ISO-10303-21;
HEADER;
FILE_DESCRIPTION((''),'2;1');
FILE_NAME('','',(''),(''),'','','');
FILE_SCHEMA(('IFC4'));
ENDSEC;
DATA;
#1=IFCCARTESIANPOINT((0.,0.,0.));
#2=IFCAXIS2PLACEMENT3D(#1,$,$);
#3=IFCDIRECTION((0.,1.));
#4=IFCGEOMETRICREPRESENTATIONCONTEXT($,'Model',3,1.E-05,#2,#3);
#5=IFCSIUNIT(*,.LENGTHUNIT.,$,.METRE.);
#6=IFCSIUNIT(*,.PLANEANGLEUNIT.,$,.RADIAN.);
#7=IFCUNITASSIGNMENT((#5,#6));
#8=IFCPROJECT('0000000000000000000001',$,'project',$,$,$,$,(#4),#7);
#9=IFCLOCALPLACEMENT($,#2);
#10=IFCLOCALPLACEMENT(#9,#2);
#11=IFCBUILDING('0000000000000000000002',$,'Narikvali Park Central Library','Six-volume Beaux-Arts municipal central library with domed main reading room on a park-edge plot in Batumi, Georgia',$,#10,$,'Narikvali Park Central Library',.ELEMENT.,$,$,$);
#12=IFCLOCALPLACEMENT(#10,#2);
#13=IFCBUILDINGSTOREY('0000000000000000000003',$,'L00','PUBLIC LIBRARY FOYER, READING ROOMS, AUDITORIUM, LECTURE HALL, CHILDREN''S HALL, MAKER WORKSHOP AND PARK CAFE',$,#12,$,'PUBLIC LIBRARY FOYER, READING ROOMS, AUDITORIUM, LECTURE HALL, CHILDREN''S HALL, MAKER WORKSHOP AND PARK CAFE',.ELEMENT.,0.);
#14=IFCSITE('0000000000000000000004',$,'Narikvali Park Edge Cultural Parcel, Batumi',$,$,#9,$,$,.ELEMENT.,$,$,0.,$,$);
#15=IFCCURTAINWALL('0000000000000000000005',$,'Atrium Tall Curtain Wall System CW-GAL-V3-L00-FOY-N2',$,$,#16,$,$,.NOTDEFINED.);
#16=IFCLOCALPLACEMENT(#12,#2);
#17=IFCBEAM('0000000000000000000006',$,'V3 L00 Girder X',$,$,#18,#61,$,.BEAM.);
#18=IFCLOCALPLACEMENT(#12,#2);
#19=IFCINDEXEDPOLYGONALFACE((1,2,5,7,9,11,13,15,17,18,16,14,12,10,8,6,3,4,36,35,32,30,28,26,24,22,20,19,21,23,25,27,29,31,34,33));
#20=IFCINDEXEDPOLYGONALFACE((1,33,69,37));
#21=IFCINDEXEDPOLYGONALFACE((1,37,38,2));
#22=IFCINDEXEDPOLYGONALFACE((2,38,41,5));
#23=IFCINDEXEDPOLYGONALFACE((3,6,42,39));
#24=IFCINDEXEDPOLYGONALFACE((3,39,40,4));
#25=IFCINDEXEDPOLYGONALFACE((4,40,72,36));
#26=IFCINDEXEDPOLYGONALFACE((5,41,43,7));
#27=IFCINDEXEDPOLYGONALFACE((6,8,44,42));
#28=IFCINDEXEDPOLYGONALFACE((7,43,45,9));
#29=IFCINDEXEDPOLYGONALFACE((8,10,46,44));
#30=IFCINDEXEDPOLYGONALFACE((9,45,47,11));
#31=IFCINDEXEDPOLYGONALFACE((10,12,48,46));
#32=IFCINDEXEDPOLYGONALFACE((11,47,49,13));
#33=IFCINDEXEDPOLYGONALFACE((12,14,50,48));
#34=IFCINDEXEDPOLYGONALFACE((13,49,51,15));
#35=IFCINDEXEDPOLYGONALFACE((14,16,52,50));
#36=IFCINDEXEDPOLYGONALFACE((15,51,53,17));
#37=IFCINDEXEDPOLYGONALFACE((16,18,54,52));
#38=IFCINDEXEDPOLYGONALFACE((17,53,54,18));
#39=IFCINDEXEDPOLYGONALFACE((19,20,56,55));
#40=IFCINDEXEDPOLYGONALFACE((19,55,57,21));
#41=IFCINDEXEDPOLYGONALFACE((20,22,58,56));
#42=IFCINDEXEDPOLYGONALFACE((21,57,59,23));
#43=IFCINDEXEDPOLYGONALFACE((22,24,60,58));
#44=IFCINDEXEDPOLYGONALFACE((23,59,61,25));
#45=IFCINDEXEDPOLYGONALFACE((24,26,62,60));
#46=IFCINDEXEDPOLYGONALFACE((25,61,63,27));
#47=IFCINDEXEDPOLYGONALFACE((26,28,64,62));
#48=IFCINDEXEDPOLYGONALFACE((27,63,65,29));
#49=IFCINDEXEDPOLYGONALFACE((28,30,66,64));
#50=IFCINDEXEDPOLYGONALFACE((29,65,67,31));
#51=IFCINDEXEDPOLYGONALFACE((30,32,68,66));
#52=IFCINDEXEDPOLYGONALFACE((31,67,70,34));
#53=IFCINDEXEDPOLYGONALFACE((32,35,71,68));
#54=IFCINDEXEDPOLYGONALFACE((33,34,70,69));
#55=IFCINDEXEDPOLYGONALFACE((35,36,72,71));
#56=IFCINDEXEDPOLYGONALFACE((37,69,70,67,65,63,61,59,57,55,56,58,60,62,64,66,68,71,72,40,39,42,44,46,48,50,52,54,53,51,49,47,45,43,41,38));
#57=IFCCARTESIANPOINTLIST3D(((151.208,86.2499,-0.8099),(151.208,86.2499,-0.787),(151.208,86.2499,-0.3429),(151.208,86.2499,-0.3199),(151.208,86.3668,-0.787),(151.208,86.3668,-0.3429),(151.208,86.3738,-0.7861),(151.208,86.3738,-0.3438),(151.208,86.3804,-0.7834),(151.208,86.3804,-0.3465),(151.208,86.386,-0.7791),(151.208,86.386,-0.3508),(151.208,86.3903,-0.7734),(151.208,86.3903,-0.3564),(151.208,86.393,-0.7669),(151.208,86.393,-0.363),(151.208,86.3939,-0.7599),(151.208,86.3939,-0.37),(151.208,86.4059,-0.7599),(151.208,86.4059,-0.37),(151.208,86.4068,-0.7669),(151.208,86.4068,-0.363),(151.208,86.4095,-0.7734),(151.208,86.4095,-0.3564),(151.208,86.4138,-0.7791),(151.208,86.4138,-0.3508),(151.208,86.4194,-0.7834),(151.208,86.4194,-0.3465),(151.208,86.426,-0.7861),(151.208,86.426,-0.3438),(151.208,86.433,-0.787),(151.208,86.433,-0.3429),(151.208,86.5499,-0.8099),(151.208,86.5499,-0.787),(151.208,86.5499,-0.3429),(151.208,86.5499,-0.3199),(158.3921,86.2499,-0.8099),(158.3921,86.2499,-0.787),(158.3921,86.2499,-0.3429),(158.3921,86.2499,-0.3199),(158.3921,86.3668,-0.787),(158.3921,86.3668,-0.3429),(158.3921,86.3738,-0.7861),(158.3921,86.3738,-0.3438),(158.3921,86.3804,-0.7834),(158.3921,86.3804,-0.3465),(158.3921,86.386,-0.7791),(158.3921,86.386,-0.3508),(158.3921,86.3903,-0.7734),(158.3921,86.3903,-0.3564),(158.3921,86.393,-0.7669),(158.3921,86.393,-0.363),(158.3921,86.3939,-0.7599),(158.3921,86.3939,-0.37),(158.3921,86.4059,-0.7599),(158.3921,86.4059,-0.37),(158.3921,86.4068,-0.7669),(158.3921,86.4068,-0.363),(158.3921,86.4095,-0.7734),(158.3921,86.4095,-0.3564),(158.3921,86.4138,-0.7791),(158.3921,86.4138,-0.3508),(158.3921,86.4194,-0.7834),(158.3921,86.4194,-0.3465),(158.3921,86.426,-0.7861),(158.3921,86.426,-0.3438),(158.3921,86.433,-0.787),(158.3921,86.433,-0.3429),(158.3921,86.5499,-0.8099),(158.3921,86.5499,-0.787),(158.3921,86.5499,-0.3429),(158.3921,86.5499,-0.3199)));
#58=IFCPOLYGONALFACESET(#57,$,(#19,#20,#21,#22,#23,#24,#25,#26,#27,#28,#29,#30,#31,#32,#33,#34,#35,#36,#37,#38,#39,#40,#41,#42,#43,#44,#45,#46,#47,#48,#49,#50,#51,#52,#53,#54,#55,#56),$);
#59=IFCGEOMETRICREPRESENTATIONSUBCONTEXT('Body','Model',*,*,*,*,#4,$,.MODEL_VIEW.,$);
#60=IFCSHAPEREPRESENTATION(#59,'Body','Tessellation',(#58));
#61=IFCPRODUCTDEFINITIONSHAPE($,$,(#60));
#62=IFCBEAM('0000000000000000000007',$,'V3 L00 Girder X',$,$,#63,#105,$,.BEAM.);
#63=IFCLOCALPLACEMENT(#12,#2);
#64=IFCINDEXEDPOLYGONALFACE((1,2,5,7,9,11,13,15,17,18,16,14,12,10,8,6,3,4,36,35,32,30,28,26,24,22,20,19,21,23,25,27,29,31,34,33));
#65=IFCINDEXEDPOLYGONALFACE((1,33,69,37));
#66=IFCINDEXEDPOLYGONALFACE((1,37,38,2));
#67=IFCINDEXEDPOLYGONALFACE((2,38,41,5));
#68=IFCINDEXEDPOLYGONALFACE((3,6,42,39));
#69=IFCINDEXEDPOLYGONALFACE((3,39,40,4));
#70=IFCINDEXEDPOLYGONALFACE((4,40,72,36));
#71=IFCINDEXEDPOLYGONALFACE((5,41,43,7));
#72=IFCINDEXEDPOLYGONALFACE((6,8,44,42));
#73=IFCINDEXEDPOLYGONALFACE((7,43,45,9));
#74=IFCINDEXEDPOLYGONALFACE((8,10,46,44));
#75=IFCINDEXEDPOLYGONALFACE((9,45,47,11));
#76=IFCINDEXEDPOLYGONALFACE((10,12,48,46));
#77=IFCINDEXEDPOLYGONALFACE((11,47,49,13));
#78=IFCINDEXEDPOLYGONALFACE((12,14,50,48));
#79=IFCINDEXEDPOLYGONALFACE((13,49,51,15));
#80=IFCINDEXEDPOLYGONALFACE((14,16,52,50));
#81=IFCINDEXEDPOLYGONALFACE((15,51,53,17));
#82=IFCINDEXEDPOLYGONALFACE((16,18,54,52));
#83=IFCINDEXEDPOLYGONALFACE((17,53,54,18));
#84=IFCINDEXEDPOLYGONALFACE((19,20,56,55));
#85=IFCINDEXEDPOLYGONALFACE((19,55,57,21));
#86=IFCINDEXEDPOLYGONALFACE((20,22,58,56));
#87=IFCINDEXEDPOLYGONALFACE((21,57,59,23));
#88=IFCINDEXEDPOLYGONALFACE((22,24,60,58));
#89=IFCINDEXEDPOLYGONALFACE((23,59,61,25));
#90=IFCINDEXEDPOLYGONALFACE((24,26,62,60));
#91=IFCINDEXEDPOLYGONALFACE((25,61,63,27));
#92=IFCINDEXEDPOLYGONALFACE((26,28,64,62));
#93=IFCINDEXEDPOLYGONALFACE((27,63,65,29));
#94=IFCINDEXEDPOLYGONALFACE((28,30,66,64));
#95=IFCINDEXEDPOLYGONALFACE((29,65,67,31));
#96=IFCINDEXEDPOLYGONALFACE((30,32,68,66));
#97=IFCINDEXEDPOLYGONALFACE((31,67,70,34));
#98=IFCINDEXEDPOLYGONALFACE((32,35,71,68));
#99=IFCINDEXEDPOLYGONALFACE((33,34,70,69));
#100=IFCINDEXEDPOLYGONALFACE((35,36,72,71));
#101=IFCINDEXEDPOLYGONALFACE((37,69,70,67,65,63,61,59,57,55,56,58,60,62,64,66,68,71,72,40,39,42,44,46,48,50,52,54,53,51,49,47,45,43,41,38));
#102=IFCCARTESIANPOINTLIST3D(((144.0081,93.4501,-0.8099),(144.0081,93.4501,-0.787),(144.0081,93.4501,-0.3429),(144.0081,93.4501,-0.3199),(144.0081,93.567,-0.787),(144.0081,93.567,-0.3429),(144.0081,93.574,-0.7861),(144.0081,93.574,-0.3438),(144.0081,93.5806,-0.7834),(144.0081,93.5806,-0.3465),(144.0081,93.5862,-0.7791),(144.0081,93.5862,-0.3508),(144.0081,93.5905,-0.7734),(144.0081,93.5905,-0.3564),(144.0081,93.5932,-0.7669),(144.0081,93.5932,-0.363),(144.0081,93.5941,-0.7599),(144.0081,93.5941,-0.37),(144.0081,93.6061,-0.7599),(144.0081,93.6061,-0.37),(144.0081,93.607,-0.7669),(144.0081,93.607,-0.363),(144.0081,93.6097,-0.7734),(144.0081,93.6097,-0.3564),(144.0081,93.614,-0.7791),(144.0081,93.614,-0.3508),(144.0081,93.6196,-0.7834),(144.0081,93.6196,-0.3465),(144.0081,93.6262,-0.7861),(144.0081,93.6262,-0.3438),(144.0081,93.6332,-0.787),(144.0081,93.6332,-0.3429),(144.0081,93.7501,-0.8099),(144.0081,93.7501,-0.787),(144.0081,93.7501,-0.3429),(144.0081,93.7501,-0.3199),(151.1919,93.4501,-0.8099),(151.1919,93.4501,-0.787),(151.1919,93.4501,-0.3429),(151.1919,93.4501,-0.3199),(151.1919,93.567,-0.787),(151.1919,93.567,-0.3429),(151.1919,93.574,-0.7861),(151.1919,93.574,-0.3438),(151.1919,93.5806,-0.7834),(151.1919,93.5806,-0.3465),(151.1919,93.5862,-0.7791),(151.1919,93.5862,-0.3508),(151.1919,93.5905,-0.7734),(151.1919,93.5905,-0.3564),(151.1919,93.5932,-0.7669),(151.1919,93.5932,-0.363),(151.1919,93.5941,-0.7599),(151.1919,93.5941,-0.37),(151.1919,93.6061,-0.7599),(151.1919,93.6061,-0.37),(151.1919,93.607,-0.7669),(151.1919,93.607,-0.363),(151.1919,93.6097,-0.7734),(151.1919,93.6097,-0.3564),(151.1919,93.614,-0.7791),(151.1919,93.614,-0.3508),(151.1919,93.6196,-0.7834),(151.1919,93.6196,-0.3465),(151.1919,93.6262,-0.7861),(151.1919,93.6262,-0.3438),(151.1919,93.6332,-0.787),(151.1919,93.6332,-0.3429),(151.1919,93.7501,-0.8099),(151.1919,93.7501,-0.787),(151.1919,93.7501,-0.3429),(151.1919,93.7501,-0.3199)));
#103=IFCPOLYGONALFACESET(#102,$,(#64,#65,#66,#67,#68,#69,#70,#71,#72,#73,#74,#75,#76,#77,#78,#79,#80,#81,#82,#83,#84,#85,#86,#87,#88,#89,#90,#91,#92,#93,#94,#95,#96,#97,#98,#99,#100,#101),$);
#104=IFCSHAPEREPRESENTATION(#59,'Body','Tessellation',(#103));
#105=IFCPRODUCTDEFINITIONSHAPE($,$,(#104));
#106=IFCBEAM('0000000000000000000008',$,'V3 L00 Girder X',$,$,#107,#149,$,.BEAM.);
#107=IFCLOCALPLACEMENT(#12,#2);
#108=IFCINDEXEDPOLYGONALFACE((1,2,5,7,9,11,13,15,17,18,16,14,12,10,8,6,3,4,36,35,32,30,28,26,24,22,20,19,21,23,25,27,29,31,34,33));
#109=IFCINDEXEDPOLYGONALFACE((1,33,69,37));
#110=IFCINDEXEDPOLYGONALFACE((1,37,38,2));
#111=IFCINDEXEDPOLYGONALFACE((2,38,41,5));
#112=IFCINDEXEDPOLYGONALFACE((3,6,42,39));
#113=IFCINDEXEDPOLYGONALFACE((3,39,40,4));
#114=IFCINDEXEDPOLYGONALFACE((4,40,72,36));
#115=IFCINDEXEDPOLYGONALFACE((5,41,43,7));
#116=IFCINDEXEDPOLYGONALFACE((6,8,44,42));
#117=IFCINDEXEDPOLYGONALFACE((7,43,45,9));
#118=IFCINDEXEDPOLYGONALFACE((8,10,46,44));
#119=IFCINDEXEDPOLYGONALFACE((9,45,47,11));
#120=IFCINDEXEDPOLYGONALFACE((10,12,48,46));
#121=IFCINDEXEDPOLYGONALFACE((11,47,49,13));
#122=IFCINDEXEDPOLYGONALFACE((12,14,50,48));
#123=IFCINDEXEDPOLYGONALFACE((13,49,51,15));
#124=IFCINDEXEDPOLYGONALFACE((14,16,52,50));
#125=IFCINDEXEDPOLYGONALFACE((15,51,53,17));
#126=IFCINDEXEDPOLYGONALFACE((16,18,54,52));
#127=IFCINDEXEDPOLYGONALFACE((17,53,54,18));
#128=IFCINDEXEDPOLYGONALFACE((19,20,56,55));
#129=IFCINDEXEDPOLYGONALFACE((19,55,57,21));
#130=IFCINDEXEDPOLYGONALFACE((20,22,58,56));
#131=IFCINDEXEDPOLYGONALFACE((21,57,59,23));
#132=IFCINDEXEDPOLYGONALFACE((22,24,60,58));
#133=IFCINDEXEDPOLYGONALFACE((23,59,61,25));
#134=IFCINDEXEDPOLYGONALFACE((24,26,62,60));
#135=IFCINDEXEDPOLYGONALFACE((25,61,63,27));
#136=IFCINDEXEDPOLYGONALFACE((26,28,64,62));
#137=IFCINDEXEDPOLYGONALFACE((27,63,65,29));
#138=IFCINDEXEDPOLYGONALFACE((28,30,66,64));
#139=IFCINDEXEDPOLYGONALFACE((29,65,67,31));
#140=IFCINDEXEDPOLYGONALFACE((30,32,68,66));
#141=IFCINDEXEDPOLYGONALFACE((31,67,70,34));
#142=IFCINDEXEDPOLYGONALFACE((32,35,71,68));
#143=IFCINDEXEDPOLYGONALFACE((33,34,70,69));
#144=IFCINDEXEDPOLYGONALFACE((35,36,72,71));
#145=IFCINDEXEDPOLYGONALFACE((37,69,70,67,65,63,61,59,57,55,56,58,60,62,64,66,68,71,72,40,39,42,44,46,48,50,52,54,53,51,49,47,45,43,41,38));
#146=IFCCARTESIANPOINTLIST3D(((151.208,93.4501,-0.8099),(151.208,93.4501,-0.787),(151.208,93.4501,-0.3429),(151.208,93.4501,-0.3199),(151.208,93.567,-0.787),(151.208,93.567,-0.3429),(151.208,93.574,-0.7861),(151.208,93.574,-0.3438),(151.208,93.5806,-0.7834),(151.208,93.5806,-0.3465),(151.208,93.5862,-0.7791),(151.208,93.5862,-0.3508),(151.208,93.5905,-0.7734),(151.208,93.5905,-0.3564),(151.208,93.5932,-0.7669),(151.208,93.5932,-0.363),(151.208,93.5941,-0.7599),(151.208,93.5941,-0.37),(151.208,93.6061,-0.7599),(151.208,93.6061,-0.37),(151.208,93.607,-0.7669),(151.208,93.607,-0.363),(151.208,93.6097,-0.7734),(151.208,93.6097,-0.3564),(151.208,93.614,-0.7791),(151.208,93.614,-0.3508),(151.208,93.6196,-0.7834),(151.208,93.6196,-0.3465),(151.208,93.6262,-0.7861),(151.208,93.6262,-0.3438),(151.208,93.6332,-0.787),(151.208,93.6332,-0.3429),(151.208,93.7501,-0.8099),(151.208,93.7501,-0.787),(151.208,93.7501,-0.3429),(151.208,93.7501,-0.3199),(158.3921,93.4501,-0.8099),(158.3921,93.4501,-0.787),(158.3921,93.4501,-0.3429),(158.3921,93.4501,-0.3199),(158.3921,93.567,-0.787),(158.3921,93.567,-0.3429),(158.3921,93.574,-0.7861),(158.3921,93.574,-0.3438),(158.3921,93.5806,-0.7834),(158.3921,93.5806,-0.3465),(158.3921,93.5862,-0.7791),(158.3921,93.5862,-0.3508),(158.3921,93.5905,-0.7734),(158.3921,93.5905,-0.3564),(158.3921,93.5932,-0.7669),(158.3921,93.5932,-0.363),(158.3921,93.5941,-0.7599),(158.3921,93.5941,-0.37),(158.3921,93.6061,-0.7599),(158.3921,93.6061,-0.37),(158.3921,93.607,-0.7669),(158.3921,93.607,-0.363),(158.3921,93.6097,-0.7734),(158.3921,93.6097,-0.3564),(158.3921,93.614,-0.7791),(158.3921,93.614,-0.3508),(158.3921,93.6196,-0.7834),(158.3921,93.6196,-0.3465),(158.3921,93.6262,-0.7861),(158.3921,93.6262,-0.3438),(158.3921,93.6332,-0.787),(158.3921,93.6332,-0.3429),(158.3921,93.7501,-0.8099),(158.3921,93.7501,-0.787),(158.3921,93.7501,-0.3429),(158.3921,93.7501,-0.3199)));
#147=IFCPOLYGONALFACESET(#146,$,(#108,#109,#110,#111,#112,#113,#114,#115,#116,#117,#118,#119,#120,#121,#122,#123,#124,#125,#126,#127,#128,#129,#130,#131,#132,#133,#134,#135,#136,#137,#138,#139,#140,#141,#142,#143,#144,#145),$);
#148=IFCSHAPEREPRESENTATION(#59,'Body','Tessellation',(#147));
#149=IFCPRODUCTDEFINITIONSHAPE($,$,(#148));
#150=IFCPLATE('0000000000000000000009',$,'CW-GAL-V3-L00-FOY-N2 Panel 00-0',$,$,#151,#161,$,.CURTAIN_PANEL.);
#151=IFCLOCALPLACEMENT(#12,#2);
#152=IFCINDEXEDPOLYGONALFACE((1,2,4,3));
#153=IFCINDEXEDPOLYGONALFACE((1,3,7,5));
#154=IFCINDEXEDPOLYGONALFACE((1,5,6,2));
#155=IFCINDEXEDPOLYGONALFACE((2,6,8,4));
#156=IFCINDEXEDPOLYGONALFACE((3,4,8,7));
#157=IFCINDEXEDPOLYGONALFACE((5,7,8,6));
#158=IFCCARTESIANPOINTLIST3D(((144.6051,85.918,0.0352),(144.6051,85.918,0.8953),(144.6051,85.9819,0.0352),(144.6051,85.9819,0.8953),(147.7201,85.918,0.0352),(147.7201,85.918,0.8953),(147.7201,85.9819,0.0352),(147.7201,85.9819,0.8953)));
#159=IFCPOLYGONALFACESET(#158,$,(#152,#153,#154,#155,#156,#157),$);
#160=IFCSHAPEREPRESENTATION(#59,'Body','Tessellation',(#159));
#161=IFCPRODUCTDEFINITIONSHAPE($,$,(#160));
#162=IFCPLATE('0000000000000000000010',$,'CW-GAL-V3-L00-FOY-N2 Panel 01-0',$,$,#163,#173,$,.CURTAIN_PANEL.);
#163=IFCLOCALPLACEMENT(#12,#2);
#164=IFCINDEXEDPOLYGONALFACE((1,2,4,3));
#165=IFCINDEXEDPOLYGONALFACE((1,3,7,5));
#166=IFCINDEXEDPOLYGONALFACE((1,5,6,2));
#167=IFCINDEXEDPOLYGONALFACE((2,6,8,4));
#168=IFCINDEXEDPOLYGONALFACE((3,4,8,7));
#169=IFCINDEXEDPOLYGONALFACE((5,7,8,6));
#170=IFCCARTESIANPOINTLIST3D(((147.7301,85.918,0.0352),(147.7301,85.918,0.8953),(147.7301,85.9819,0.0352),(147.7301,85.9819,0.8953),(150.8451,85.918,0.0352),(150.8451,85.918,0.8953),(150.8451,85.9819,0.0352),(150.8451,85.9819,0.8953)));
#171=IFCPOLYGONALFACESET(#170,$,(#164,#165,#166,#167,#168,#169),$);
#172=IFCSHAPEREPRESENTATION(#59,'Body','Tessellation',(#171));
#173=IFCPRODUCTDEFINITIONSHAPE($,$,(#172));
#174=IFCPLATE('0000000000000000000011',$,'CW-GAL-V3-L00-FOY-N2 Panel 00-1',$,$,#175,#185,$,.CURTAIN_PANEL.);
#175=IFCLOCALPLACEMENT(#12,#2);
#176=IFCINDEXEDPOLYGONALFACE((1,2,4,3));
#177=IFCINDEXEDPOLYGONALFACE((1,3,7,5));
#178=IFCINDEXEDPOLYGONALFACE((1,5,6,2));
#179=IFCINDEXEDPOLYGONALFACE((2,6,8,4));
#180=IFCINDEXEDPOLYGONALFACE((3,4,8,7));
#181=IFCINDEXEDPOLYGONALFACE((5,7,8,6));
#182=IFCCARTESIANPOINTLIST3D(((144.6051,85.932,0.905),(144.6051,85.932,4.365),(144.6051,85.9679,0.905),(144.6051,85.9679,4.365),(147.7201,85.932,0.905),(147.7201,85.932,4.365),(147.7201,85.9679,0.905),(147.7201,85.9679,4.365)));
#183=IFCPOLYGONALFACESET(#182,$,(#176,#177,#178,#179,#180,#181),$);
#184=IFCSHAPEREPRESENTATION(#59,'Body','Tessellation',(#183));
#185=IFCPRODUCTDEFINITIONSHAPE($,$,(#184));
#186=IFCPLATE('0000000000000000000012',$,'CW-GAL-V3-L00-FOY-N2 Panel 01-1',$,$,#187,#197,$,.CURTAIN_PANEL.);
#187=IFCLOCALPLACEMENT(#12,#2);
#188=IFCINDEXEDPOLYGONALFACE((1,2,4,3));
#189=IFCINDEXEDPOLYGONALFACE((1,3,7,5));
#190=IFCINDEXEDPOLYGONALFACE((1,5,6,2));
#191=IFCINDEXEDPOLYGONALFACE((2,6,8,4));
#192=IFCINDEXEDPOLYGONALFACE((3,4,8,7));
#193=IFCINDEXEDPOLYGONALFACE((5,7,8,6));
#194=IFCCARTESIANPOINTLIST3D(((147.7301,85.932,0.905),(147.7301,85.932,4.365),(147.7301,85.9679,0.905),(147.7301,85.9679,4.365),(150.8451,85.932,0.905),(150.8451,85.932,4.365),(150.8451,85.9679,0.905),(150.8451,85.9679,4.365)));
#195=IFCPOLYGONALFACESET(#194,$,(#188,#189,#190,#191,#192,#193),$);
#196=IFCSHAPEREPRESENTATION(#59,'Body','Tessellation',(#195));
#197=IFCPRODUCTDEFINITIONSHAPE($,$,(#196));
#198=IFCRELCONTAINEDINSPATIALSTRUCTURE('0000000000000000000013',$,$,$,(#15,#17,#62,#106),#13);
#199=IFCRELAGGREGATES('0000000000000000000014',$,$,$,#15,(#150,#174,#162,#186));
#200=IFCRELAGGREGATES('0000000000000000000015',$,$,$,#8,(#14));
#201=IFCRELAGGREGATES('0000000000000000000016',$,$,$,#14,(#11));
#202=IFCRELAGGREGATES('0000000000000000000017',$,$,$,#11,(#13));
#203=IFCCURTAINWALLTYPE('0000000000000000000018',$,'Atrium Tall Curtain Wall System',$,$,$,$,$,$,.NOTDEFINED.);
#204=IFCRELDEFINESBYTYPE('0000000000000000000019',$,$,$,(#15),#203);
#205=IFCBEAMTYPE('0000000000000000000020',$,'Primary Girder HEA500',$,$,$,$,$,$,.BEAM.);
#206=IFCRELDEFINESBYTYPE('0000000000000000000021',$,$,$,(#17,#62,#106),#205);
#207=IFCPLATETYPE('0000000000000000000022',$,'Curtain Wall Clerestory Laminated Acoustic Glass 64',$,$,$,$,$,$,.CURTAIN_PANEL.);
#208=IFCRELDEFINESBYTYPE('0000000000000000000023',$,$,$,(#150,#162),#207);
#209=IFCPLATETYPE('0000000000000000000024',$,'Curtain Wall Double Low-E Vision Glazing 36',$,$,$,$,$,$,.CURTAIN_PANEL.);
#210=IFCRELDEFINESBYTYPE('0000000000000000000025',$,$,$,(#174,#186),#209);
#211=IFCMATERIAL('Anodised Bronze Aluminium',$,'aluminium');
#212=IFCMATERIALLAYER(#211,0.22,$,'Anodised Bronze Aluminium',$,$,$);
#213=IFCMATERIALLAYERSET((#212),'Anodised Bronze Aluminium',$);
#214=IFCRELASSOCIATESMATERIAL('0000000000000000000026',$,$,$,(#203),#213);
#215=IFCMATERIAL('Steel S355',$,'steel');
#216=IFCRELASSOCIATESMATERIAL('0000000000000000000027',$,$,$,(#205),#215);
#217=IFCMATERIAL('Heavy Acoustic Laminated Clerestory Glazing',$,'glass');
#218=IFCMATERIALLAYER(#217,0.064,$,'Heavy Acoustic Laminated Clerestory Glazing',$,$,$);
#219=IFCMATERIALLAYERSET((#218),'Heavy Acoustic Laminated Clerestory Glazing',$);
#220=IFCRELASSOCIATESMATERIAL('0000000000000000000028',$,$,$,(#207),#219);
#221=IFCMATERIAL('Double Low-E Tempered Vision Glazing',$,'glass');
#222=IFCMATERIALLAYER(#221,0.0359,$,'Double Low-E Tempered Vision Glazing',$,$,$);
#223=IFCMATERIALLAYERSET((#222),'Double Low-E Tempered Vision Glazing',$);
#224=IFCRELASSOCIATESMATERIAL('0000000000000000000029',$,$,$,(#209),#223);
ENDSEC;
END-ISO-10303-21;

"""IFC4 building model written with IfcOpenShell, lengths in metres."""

from ifc_helpers import new_model, si_unit, direction, frame, origin, origin_2d, place, context, subcontext, project, spatial, rectangle, i_section, extrude, material, layer, layer_set, material_profile, profile_set, type_object, element, aggregate, save


model = new_model("IFC4")

# Units and contexts
model_context = context("Model", 3, precision=1e-05, world=origin(), true_north=direction((0.0, 1.0)))
body_context = subcontext(model_context, "Body", "Model", "MODEL_VIEW")
ifc_project = project(units=[si_unit("LENGTHUNIT", "METRE"), si_unit("PLANEANGLEUNIT", "RADIAN")], contexts=[model_context])

# Site, building, storey
site_placement = place(None, origin())
site = spatial("IfcSite", under=ifc_project, at=site_placement, Name="Narikvali Park Edge Cultural Parcel, Batumi", CompositionType="ELEMENT", RefElevation=0.0)
building_placement = place(site_placement, origin())
building = spatial("IfcBuilding", under=site, at=building_placement, Name="Narikvali Park Central Library", Description="Six-volume Beaux-Arts municipal central library with domed main reading room on a park-edge plot in Batumi, Georgia", LongName="Narikvali Park Central Library", CompositionType="ELEMENT")
storey_placement = place(building_placement, origin())
storey = spatial("IfcBuildingStorey", under=building, at=storey_placement, Name="L00", Description="PUBLIC LIBRARY FOYER, READING ROOMS, AUDITORIUM, LECTURE HALL, CHILDREN'S HALL, MAKER WORKSHOP AND PARK CAFE", LongName="PUBLIC LIBRARY FOYER, READING ROOMS, AUDITORIUM, LECTURE HALL, CHILDREN'S HALL, MAKER WORKSHOP AND PARK CAFE", CompositionType="ELEMENT", Elevation=0.0)

# Shared definitions
ifc_material_1 = material(Name="Steel S355", Category="steel")

# Curtain wall
ifc_material_2 = material(Name="Anodised Bronze Aluminium", Category="aluminium")
ifc_layer_1 = layer(ifc_material_2, 0.22, Name="Anodised Bronze Aluminium")
ifc_layer_set_1 = layer_set([ifc_layer_1], Name="Anodised Bronze Aluminium")
curtain_wall_type = type_object("IfcCurtainWallType", Name="Atrium Tall Curtain Wall System", PredefinedType="NOTDEFINED", material=ifc_layer_set_1)
curtain_wall_placement = place(storey_placement, origin())
curtain_wall = element("IfcCurtainWall", 1, at=curtain_wall_placement, inside=storey, type_object=curtain_wall_type, Name="Atrium Tall Curtain Wall System CW-GAL-V3-L00-FOY-N2", PredefinedType="NOTDEFINED")

# Beams
ifc_material_profile_1 = material_profile(ifc_material_1, i_section(OverallWidth=0.3, OverallDepth=0.49, WebThickness=0.012, FlangeThickness=0.0229, FilletRadius=0.0271, at=origin_2d()), Name="HEA 500")
ifc_profile_set_1 = profile_set([ifc_material_profile_1], Name="Steel S355")
beam_type_1 = type_object("IfcBeamType", Name="Primary Girder HEA500", PredefinedType="BEAM", material=ifc_profile_set_1)
beam_1_placement = place(storey_placement, frame((151.208, 86.3999, -0.5649), z_axis=(1.0, 0.0, 0.0), x_axis=(0.0, 1.0, 0.0)))
element("IfcBeam", 2, at=beam_1_placement, inside=storey, type_object=beam_type_1, Name="V3 L00 Girder X", PredefinedType="BEAM", context=body_context, shape_type="SweptSolid", body=[
    extrude(i_section(OverallWidth=0.3, OverallDepth=0.49, WebThickness=0.012, FlangeThickness=0.0229, FilletRadius=0.0271, at=origin_2d()), origin(), (0.0, 0.0, 1.0), 7.1841),
])
beam_2_placement = place(storey_placement, frame((144.0081, 93.6001, -0.5649), z_axis=(1.0, 0.0, 0.0), x_axis=(0.0, 1.0, 0.0)))
element("IfcBeam", 3, at=beam_2_placement, inside=storey, type_object=beam_type_1, Name="V3 L00 Girder X", PredefinedType="BEAM", context=body_context, shape_type="SweptSolid", body=[
    extrude(i_section(OverallWidth=0.3, OverallDepth=0.49, WebThickness=0.012, FlangeThickness=0.0229, FilletRadius=0.0271, at=origin_2d()), origin(), (0.0, 0.0, 1.0), 7.1838),
])
beam_3_placement = place(storey_placement, frame((151.208, 93.6001, -0.5649), z_axis=(1.0, 0.0, 0.0), x_axis=(0.0, 1.0, 0.0)))
element("IfcBeam", 4, at=beam_3_placement, inside=storey, type_object=beam_type_1, Name="V3 L00 Girder X", PredefinedType="BEAM", context=body_context, shape_type="SweptSolid", body=[
    extrude(i_section(OverallWidth=0.3, OverallDepth=0.49, WebThickness=0.012, FlangeThickness=0.0229, FilletRadius=0.0271, at=origin_2d()), origin(), (0.0, 0.0, 1.0), 7.1841),
])

# Plates
ifc_material_3 = material(Name="Heavy Acoustic Laminated Clerestory Glazing", Category="glass")
ifc_layer_2 = layer(ifc_material_3, 0.064, Name="Heavy Acoustic Laminated Clerestory Glazing")
ifc_layer_set_2 = layer_set([ifc_layer_2], Name="Heavy Acoustic Laminated Clerestory Glazing")
plate_type_1 = type_object("IfcPlateType", Name="Curtain Wall Clerestory Laminated Acoustic Glass 64", PredefinedType="CURTAIN_PANEL", material=ifc_layer_set_2)
plate_1_placement = place(storey_placement, frame((146.1626, 85.95, 0.0352), z_axis=(0.0, 0.0, 1.0), x_axis=(1.0, 0.0, 0.0)))
plate_1 = element("IfcPlate", 5, at=plate_1_placement, type_object=plate_type_1, Name="CW-GAL-V3-L00-FOY-N2 Panel 00-0", PredefinedType="CURTAIN_PANEL", context=body_context, shape_type="SweptSolid", body=[
    extrude(rectangle(XDim=3.115, YDim=0.064, at=origin_2d()), origin(), (0.0, 0.0, 1.0), 0.8601),
])
plate_2_placement = place(storey_placement, frame((149.2876, 85.95, 0.0352), z_axis=(0.0, 0.0, 1.0), x_axis=(1.0, 0.0, 0.0)))
plate_2 = element("IfcPlate", 6, at=plate_2_placement, type_object=plate_type_1, Name="CW-GAL-V3-L00-FOY-N2 Panel 01-0", PredefinedType="CURTAIN_PANEL", context=body_context, shape_type="SweptSolid", body=[
    extrude(rectangle(XDim=3.115, YDim=0.064, at=origin_2d()), origin(), (0.0, 0.0, 1.0), 0.8601),
])
ifc_material_4 = material(Name="Double Low-E Tempered Vision Glazing", Category="glass")
ifc_layer_3 = layer(ifc_material_4, 0.0359, Name="Double Low-E Tempered Vision Glazing")
ifc_layer_set_3 = layer_set([ifc_layer_3], Name="Double Low-E Tempered Vision Glazing")
plate_type_2 = type_object("IfcPlateType", Name="Curtain Wall Double Low-E Vision Glazing 36", PredefinedType="CURTAIN_PANEL", material=ifc_layer_set_3)
plate_3_placement = place(storey_placement, frame((146.1626, 85.95, 0.905), z_axis=(0.0, 0.0, 1.0), x_axis=(1.0, 0.0, 0.0)))
plate_3 = element("IfcPlate", 7, at=plate_3_placement, type_object=plate_type_2, Name="CW-GAL-V3-L00-FOY-N2 Panel 00-1", PredefinedType="CURTAIN_PANEL", context=body_context, shape_type="SweptSolid", body=[
    extrude(rectangle(XDim=3.115, YDim=0.0359, at=origin_2d()), origin(), (0.0, 0.0, 1.0), 3.46),
])
plate_4_placement = place(storey_placement, frame((149.2876, 85.95, 0.905), z_axis=(0.0, 0.0, 1.0), x_axis=(1.0, 0.0, 0.0)))
plate_4 = element("IfcPlate", 8, at=plate_4_placement, type_object=plate_type_2, Name="CW-GAL-V3-L00-FOY-N2 Panel 01-1", PredefinedType="CURTAIN_PANEL", context=body_context, shape_type="SweptSolid", body=[
    extrude(rectangle(XDim=3.115, YDim=0.0359, at=origin_2d()), origin(), (0.0, 0.0, 1.0), 3.46),
])
aggregate(curtain_wall, [plate_1, plate_3, plate_2, plate_4])

save(model, "model.ifc")
